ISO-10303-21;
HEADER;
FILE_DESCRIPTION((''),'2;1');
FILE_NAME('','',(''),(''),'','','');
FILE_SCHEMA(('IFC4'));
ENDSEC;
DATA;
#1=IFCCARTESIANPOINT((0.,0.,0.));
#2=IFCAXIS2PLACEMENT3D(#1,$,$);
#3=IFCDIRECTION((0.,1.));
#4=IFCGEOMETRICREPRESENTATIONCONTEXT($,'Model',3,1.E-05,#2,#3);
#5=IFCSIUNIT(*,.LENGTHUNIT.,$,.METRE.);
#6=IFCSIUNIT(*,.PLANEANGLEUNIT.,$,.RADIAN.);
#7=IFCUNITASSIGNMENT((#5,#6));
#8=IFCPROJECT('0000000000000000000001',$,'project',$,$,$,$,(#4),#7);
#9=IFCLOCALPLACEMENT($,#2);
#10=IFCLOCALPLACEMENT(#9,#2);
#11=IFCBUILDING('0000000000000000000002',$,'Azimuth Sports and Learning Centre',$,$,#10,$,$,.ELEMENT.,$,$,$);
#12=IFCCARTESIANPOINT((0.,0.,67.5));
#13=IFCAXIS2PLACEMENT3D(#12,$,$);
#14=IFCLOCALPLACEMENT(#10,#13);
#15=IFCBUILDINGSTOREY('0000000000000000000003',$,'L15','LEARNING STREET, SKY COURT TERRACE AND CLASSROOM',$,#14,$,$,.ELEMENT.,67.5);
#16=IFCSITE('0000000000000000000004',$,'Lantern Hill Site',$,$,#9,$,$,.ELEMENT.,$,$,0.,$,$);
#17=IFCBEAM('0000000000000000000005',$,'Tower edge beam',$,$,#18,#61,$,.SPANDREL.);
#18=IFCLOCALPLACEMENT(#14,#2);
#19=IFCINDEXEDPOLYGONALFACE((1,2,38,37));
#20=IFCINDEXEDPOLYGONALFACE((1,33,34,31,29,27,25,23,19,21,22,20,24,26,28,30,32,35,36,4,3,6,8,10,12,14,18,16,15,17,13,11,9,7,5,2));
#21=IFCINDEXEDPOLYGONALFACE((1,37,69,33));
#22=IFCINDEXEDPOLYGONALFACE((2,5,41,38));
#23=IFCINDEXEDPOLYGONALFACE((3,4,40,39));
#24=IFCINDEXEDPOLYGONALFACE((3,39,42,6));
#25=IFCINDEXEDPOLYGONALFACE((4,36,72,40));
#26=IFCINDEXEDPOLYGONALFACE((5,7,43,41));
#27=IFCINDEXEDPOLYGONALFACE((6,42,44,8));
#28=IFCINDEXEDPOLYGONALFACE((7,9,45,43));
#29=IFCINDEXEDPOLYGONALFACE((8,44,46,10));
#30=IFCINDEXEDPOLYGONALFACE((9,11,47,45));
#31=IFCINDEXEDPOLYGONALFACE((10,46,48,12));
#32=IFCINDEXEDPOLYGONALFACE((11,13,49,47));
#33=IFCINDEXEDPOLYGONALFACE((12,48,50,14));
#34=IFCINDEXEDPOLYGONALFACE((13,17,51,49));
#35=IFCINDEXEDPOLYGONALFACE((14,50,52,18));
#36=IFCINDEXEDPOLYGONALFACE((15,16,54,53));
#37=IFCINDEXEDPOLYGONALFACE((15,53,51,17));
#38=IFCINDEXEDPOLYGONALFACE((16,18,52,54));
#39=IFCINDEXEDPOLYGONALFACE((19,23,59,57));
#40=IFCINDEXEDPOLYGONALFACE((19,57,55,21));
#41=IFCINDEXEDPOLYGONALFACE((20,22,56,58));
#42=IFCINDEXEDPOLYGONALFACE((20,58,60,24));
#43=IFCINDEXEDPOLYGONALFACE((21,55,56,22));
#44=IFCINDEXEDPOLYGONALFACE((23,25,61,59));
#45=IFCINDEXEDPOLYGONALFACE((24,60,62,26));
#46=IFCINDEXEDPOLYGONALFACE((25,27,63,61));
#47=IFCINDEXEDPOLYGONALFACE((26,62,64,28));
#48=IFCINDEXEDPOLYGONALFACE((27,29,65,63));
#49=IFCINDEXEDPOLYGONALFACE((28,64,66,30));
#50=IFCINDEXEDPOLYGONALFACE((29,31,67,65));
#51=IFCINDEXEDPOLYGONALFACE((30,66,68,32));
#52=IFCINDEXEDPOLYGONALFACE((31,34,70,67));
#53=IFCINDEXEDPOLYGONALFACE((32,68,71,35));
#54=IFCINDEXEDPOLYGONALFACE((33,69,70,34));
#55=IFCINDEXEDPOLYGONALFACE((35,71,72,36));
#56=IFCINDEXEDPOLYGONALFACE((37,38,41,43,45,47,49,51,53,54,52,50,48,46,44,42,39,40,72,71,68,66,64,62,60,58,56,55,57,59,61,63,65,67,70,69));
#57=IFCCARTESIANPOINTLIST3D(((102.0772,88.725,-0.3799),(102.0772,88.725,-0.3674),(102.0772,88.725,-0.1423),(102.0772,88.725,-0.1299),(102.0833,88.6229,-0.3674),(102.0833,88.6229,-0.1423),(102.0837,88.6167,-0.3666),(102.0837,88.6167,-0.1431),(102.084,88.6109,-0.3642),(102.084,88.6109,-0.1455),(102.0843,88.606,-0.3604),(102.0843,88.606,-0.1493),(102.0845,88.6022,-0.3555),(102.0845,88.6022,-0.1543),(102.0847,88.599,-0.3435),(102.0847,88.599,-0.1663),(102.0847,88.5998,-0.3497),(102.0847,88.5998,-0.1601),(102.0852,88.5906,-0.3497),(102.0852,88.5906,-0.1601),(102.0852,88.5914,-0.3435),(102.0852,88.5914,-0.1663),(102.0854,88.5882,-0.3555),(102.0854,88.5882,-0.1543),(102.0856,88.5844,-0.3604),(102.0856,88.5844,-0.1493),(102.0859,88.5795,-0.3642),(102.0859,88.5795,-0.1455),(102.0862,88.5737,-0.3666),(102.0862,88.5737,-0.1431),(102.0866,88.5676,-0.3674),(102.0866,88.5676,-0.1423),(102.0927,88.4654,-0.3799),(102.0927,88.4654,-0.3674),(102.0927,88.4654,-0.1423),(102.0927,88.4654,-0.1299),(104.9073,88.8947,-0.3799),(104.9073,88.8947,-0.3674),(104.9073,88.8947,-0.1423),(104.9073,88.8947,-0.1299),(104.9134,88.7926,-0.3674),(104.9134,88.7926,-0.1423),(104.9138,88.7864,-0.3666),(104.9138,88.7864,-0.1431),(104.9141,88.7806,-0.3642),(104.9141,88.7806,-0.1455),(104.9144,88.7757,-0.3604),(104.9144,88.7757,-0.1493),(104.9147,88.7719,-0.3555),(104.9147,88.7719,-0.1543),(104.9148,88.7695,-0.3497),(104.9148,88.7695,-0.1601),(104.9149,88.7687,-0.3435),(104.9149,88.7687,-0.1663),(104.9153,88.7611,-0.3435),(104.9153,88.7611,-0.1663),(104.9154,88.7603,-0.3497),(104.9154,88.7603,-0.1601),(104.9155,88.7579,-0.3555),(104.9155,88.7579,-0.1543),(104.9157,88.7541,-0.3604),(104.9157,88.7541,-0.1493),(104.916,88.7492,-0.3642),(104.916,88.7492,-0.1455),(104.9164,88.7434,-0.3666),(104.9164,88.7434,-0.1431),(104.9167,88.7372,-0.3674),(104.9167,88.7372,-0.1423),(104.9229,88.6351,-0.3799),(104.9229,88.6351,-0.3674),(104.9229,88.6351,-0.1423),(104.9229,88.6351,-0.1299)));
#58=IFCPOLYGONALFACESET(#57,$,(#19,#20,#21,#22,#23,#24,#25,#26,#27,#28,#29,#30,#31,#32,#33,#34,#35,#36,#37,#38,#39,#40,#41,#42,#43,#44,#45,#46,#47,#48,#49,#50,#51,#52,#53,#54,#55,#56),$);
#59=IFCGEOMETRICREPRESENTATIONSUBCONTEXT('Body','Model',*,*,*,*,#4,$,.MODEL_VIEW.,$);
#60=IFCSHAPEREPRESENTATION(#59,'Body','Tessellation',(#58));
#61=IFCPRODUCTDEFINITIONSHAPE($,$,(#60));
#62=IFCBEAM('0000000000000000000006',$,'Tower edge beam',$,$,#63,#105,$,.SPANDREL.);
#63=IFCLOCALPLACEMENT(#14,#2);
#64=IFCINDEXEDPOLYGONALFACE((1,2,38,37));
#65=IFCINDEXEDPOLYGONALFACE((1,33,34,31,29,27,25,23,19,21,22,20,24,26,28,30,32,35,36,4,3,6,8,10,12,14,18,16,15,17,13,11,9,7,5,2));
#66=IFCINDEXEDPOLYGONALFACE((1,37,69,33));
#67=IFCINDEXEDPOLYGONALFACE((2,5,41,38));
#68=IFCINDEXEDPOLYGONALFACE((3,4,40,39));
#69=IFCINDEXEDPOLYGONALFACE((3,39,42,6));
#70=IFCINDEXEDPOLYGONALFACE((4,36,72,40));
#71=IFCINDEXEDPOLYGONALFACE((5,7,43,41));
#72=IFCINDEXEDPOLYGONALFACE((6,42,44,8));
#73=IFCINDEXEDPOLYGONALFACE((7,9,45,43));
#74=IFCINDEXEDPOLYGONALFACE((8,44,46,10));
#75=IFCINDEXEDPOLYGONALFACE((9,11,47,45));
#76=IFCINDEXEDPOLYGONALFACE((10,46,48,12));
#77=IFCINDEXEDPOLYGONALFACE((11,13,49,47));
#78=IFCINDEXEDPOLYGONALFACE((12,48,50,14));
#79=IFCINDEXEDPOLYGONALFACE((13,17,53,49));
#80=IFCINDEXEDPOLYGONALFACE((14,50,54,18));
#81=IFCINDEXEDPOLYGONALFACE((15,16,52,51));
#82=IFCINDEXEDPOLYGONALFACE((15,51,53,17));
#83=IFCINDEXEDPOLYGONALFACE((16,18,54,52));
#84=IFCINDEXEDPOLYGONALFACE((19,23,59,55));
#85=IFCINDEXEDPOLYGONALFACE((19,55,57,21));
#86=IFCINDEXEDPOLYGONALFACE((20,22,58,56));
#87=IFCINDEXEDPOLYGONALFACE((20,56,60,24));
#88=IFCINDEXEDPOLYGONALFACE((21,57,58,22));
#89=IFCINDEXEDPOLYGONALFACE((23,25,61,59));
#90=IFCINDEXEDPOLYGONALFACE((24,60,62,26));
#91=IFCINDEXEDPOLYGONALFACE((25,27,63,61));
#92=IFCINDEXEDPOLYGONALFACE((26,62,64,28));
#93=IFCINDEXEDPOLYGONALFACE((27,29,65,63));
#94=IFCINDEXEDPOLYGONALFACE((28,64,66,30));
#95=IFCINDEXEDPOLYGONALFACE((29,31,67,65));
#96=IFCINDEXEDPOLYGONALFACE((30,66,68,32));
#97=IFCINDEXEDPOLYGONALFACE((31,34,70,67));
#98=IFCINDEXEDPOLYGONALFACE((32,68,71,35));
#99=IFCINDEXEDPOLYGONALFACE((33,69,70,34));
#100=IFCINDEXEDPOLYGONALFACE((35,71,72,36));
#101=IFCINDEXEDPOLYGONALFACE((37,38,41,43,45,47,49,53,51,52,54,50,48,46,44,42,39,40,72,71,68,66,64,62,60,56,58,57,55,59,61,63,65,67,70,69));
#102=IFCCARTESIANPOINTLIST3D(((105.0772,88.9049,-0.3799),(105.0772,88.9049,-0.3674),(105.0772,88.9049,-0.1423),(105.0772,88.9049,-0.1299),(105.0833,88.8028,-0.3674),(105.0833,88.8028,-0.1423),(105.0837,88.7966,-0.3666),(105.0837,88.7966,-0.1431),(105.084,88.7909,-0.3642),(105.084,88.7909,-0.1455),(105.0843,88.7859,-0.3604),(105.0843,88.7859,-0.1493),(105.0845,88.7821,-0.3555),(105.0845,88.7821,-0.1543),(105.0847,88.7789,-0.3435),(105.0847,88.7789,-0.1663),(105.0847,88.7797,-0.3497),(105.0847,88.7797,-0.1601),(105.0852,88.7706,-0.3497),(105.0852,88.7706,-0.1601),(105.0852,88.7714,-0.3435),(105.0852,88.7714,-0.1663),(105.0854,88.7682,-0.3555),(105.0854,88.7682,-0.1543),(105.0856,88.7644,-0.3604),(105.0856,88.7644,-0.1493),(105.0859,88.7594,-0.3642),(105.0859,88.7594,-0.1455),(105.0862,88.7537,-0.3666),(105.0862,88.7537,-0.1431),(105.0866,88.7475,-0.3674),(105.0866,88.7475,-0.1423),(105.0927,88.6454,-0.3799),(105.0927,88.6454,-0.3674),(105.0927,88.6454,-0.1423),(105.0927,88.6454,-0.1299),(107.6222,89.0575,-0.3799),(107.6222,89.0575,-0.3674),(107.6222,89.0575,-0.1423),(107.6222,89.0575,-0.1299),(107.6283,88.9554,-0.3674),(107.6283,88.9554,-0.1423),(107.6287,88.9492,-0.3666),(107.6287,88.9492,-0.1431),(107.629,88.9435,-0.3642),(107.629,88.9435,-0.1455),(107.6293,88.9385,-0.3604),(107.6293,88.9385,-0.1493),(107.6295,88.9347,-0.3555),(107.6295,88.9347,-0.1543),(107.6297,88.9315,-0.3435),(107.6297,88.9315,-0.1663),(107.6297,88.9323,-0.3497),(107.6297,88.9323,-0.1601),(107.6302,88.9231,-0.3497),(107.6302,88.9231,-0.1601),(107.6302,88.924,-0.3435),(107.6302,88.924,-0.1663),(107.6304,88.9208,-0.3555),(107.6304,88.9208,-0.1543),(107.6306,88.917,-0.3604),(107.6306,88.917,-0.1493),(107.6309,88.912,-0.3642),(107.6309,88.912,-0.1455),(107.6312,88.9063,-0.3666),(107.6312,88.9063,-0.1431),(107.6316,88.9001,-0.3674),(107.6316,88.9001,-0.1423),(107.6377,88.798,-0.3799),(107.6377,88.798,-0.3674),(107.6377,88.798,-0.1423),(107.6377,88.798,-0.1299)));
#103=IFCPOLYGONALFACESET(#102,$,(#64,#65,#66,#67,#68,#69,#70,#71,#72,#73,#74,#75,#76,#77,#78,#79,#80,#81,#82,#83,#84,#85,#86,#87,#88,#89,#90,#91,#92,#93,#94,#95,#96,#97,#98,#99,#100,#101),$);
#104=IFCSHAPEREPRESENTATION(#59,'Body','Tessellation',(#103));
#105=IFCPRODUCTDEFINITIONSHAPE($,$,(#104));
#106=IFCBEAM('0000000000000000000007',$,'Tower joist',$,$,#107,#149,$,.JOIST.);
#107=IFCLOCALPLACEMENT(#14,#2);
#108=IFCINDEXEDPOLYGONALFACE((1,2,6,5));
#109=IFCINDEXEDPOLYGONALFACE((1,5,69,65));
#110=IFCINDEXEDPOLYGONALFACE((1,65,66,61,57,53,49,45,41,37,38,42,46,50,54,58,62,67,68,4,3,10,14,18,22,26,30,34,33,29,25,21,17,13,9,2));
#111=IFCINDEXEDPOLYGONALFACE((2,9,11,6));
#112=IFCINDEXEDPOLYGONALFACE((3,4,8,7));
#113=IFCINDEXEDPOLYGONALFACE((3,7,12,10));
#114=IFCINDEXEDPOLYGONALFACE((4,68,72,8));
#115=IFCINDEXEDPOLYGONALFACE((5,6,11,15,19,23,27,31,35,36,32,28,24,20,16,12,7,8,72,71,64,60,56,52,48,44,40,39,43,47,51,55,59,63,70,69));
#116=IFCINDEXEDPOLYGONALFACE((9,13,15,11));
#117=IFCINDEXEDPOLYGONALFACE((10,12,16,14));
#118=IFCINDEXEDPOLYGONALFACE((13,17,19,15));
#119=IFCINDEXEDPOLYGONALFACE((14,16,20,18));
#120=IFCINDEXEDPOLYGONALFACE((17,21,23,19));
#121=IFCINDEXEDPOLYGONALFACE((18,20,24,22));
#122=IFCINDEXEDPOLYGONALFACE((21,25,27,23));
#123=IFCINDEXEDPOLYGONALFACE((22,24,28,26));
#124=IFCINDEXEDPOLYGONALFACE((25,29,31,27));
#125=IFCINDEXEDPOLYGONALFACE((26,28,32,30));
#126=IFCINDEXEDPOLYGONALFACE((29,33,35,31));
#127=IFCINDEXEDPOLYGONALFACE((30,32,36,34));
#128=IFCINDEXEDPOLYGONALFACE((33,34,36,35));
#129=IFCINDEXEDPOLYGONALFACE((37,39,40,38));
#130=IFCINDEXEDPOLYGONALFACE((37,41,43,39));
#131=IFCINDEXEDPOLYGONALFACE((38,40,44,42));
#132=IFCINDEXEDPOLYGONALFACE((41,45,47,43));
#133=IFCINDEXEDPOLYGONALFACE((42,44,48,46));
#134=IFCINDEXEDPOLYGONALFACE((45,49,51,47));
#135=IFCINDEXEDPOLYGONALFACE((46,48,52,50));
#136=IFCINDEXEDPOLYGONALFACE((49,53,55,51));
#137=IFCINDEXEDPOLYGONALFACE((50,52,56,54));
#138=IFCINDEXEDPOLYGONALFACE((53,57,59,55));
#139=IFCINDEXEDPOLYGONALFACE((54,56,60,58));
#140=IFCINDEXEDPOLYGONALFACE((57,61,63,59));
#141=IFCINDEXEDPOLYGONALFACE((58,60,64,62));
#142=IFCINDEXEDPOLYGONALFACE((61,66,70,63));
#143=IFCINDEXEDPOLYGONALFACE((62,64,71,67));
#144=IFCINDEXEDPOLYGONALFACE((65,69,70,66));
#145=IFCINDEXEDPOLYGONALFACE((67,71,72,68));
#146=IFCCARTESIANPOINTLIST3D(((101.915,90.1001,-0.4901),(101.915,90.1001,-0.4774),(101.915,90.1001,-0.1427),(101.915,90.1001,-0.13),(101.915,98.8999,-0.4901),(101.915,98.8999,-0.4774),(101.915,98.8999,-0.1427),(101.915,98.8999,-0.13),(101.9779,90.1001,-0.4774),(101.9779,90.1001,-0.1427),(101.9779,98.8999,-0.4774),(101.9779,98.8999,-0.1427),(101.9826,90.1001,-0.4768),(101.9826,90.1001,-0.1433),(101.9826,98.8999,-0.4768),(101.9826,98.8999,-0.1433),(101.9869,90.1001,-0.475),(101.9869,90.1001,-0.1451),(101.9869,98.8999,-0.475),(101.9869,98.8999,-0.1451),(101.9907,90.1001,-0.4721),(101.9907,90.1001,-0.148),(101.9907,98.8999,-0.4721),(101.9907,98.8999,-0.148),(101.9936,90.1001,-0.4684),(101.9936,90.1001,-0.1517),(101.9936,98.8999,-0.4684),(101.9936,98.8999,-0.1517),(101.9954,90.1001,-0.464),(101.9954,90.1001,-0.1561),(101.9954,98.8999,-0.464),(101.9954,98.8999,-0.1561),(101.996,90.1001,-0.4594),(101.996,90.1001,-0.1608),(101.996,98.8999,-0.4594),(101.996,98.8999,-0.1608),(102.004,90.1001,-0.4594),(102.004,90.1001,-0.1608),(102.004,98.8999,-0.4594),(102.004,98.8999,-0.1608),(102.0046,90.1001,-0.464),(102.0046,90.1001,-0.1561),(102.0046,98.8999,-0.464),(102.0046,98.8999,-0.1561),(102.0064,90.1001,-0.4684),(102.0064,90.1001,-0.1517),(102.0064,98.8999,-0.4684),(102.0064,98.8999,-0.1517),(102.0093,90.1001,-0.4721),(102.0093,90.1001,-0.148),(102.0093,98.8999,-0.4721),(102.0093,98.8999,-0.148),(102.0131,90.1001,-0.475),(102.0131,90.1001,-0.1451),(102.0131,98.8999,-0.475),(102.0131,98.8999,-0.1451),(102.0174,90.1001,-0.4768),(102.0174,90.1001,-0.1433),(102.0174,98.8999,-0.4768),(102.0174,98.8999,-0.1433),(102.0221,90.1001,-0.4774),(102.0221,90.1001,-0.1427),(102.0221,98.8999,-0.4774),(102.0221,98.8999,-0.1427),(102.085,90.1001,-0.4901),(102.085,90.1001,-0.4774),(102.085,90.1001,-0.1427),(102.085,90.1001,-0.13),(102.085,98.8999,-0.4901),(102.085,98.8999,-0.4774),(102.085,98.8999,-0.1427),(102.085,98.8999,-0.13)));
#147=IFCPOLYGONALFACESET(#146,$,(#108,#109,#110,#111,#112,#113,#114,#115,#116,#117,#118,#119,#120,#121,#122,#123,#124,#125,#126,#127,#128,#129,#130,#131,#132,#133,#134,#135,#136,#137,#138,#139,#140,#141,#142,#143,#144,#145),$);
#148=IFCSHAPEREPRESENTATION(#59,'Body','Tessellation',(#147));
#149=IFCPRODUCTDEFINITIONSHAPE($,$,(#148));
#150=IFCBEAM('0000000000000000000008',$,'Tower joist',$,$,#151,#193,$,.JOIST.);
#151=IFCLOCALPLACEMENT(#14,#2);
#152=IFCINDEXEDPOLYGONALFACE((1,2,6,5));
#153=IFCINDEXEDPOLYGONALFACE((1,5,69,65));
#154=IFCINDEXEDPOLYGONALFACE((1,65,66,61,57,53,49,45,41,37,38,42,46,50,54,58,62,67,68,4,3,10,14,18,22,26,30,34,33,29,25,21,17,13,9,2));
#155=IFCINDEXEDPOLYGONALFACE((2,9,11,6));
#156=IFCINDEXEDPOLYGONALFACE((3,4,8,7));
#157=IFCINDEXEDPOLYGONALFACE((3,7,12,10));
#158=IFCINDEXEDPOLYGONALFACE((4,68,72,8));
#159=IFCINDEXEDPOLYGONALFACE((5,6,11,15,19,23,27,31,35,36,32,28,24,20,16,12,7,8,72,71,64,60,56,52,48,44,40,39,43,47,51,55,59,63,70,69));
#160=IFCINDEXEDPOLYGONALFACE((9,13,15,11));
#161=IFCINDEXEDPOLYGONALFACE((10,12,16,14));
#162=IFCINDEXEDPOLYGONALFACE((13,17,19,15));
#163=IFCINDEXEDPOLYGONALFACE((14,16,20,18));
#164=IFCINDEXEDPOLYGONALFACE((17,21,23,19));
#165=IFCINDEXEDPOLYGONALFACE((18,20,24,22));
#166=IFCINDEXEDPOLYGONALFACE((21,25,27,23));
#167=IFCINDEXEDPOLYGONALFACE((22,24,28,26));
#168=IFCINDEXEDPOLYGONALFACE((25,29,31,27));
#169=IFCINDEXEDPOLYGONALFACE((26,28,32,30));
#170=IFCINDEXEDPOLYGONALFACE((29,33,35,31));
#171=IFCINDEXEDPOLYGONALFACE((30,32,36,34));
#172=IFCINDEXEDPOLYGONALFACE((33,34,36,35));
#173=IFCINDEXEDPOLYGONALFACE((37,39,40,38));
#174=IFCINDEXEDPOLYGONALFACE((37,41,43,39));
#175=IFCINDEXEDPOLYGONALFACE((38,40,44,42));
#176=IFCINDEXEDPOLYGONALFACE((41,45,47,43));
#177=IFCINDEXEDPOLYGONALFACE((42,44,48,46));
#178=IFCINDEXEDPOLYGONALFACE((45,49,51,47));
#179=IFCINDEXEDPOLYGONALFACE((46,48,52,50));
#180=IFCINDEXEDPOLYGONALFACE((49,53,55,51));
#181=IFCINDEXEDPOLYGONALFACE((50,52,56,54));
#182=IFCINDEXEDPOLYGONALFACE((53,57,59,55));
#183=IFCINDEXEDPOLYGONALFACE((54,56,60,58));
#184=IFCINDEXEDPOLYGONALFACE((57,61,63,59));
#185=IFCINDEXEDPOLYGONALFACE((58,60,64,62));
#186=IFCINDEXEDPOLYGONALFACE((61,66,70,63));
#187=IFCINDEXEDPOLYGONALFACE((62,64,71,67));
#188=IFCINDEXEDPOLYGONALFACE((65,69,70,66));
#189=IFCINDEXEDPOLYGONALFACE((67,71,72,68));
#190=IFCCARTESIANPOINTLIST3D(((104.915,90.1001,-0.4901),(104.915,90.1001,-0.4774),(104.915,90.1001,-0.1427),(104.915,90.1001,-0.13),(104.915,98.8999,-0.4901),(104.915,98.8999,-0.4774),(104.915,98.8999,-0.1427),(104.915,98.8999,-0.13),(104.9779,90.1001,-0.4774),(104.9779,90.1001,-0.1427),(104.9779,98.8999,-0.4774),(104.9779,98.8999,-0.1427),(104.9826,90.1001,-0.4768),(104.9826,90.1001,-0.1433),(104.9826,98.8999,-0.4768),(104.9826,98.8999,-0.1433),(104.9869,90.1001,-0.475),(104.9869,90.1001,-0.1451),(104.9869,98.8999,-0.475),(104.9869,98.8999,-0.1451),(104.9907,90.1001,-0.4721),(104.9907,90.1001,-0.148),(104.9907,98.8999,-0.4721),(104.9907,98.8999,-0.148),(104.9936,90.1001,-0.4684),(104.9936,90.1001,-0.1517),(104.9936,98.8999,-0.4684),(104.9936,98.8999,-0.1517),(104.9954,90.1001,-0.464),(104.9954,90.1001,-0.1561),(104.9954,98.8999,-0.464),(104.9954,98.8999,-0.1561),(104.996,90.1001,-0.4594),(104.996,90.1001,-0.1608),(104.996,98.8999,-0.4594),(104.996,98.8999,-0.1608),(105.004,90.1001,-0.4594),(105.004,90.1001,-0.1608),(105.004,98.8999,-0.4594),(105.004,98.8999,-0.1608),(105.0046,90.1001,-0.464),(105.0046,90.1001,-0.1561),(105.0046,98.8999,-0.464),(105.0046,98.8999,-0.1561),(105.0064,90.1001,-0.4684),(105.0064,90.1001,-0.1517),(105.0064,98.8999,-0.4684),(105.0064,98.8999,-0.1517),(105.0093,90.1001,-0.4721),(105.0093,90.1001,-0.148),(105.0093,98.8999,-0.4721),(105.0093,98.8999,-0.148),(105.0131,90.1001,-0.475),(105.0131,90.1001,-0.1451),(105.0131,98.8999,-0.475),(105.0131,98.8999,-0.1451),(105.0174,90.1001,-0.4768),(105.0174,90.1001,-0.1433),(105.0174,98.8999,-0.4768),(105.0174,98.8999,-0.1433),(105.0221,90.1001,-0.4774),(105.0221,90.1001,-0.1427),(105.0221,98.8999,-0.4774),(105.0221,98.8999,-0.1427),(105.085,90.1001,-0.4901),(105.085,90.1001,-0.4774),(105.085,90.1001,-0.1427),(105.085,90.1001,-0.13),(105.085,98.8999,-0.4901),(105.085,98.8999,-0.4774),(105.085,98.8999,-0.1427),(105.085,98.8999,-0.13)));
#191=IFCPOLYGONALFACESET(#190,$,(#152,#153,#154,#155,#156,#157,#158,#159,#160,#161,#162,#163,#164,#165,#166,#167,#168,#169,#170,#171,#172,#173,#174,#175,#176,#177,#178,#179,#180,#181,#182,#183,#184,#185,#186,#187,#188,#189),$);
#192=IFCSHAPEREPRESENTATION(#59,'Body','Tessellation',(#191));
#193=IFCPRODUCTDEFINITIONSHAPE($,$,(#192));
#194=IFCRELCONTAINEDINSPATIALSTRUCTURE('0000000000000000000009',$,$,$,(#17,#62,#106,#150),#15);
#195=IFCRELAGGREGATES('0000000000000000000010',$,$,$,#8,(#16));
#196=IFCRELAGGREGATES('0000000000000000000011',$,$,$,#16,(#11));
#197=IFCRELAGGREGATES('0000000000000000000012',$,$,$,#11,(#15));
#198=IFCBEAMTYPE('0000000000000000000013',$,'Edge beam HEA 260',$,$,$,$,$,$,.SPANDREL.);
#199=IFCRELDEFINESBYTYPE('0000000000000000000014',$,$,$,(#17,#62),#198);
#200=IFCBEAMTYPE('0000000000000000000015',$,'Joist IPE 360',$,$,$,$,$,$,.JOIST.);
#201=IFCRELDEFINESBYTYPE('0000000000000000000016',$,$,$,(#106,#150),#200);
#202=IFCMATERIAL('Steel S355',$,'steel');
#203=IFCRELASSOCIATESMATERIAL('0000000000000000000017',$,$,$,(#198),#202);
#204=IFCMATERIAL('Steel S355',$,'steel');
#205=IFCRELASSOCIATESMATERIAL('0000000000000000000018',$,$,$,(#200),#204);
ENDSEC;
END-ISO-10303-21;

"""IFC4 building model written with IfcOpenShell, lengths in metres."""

from ifc_helpers import new_model, si_unit, direction, frame, origin, origin_2d, place, context, subcontext, project, spatial, i_section, extrude, material, material_profile, profile_set, type_object, element, save


model = new_model("IFC4")

# Units and contexts
model_context = context("Model", 3, precision=1e-05, world=origin(), true_north=direction((0.0, 1.0)))
body_context = subcontext(model_context, "Body", "Model", "MODEL_VIEW")
ifc_project = project(units=[si_unit("LENGTHUNIT", "METRE"), si_unit("PLANEANGLEUNIT", "RADIAN")], contexts=[model_context])

# Site, building, storey
site_placement = place(None, origin())
site = spatial("IfcSite", under=ifc_project, at=site_placement, Name="Lantern Hill Site", CompositionType="ELEMENT", RefElevation=0.0)
building_placement = place(site_placement, origin())
building = spatial("IfcBuilding", under=site, at=building_placement, Name="Azimuth Sports and Learning Centre", CompositionType="ELEMENT")
storey_placement = place(building_placement, frame((0.0, 0.0, 67.5)))
storey = spatial("IfcBuildingStorey", under=building, at=storey_placement, Name="L15", Description="LEARNING STREET, SKY COURT TERRACE AND CLASSROOM", CompositionType="ELEMENT", Elevation=67.5)

# Beams
ifc_material_1 = material(Name="Steel S355", Category="steel")
ifc_material_profile_1 = material_profile(ifc_material_1, i_section(OverallWidth=0.26, OverallDepth=0.25, WebThickness=0.0076, FlangeThickness=0.0125, FilletRadius=0.0239, at=origin_2d()), Name="HEA 260")
ifc_profile_set_1 = profile_set([ifc_material_profile_1], Name="Steel S355")
beam_type_1 = type_object("IfcBeamType", Name="Edge beam HEA 260", PredefinedType="SPANDREL", material=ifc_profile_set_1)
beam_1_placement = place(storey_placement, frame((102.085, 88.5952, -0.2549), z_axis=(0.998208, 0.059848, 0.0), x_axis=(-0.059848, 0.998208, 0.0)))
element("IfcBeam", 1, at=beam_1_placement, inside=storey, type_object=beam_type_1, Name="Tower edge beam", PredefinedType="SPANDREL", context=body_context, shape_type="SweptSolid", body=[
    extrude(i_section(OverallWidth=0.26, OverallDepth=0.25, WebThickness=0.0076, FlangeThickness=0.0125, FilletRadius=0.0239, at=origin_2d()), origin(), (0.0, 0.0, 1.0), 2.8352),
])
beam_2_placement = place(storey_placement, frame((105.085, 88.7751, -0.2549), z_axis=(0.998207, 0.05985, 0.0), x_axis=(-0.05985, 0.998207, 0.0)))
element("IfcBeam", 2, at=beam_2_placement, inside=storey, type_object=beam_type_1, Name="Tower edge beam", PredefinedType="SPANDREL", context=body_context, shape_type="SweptSolid", body=[
    extrude(i_section(OverallWidth=0.26, OverallDepth=0.25, WebThickness=0.0076, FlangeThickness=0.0125, FilletRadius=0.0239, at=origin_2d()), origin(), (0.0, 0.0, 1.0), 2.5496),
])
ifc_material_2 = material(Name="Steel S355", Category="steel")
ifc_material_profile_2 = material_profile(ifc_material_2, i_section(OverallWidth=0.1699, OverallDepth=0.3601, WebThickness=0.0081, FlangeThickness=0.0127, FilletRadius=0.0181, at=origin_2d()), Name="IPE 360")
ifc_profile_set_2 = profile_set([ifc_material_profile_2], Name="Steel S355")
beam_type_2 = type_object("IfcBeamType", Name="Joist IPE 360", PredefinedType="JOIST", material=ifc_profile_set_2)
for number, where, z_axis, x_axis, name in (
    (3, (102.0, 90.1001, -0.3101), (0.0, 1.0, 0.0), (-1.0, 0.0, 0.0), "Tower joist"),
    (4, (105.0, 90.1001, -0.3101), (0.0, 1.0, 0.0), (-1.0, 0.0, 0.0), "Tower joist"),
):
    element("IfcBeam", number, at=place(storey_placement, frame(where, z_axis=z_axis, x_axis=x_axis)), inside=storey, type_object=beam_type_2, Name=name, PredefinedType="JOIST", context=body_context, shape_type="SweptSolid", body=[
        extrude(i_section(OverallWidth=0.1699, OverallDepth=0.3601, WebThickness=0.0081, FlangeThickness=0.0127, FilletRadius=0.0181, at=origin_2d()), origin(), (0.0, 0.0, 1.0), 8.7998),
    ])

save(model, "model.ifc")
